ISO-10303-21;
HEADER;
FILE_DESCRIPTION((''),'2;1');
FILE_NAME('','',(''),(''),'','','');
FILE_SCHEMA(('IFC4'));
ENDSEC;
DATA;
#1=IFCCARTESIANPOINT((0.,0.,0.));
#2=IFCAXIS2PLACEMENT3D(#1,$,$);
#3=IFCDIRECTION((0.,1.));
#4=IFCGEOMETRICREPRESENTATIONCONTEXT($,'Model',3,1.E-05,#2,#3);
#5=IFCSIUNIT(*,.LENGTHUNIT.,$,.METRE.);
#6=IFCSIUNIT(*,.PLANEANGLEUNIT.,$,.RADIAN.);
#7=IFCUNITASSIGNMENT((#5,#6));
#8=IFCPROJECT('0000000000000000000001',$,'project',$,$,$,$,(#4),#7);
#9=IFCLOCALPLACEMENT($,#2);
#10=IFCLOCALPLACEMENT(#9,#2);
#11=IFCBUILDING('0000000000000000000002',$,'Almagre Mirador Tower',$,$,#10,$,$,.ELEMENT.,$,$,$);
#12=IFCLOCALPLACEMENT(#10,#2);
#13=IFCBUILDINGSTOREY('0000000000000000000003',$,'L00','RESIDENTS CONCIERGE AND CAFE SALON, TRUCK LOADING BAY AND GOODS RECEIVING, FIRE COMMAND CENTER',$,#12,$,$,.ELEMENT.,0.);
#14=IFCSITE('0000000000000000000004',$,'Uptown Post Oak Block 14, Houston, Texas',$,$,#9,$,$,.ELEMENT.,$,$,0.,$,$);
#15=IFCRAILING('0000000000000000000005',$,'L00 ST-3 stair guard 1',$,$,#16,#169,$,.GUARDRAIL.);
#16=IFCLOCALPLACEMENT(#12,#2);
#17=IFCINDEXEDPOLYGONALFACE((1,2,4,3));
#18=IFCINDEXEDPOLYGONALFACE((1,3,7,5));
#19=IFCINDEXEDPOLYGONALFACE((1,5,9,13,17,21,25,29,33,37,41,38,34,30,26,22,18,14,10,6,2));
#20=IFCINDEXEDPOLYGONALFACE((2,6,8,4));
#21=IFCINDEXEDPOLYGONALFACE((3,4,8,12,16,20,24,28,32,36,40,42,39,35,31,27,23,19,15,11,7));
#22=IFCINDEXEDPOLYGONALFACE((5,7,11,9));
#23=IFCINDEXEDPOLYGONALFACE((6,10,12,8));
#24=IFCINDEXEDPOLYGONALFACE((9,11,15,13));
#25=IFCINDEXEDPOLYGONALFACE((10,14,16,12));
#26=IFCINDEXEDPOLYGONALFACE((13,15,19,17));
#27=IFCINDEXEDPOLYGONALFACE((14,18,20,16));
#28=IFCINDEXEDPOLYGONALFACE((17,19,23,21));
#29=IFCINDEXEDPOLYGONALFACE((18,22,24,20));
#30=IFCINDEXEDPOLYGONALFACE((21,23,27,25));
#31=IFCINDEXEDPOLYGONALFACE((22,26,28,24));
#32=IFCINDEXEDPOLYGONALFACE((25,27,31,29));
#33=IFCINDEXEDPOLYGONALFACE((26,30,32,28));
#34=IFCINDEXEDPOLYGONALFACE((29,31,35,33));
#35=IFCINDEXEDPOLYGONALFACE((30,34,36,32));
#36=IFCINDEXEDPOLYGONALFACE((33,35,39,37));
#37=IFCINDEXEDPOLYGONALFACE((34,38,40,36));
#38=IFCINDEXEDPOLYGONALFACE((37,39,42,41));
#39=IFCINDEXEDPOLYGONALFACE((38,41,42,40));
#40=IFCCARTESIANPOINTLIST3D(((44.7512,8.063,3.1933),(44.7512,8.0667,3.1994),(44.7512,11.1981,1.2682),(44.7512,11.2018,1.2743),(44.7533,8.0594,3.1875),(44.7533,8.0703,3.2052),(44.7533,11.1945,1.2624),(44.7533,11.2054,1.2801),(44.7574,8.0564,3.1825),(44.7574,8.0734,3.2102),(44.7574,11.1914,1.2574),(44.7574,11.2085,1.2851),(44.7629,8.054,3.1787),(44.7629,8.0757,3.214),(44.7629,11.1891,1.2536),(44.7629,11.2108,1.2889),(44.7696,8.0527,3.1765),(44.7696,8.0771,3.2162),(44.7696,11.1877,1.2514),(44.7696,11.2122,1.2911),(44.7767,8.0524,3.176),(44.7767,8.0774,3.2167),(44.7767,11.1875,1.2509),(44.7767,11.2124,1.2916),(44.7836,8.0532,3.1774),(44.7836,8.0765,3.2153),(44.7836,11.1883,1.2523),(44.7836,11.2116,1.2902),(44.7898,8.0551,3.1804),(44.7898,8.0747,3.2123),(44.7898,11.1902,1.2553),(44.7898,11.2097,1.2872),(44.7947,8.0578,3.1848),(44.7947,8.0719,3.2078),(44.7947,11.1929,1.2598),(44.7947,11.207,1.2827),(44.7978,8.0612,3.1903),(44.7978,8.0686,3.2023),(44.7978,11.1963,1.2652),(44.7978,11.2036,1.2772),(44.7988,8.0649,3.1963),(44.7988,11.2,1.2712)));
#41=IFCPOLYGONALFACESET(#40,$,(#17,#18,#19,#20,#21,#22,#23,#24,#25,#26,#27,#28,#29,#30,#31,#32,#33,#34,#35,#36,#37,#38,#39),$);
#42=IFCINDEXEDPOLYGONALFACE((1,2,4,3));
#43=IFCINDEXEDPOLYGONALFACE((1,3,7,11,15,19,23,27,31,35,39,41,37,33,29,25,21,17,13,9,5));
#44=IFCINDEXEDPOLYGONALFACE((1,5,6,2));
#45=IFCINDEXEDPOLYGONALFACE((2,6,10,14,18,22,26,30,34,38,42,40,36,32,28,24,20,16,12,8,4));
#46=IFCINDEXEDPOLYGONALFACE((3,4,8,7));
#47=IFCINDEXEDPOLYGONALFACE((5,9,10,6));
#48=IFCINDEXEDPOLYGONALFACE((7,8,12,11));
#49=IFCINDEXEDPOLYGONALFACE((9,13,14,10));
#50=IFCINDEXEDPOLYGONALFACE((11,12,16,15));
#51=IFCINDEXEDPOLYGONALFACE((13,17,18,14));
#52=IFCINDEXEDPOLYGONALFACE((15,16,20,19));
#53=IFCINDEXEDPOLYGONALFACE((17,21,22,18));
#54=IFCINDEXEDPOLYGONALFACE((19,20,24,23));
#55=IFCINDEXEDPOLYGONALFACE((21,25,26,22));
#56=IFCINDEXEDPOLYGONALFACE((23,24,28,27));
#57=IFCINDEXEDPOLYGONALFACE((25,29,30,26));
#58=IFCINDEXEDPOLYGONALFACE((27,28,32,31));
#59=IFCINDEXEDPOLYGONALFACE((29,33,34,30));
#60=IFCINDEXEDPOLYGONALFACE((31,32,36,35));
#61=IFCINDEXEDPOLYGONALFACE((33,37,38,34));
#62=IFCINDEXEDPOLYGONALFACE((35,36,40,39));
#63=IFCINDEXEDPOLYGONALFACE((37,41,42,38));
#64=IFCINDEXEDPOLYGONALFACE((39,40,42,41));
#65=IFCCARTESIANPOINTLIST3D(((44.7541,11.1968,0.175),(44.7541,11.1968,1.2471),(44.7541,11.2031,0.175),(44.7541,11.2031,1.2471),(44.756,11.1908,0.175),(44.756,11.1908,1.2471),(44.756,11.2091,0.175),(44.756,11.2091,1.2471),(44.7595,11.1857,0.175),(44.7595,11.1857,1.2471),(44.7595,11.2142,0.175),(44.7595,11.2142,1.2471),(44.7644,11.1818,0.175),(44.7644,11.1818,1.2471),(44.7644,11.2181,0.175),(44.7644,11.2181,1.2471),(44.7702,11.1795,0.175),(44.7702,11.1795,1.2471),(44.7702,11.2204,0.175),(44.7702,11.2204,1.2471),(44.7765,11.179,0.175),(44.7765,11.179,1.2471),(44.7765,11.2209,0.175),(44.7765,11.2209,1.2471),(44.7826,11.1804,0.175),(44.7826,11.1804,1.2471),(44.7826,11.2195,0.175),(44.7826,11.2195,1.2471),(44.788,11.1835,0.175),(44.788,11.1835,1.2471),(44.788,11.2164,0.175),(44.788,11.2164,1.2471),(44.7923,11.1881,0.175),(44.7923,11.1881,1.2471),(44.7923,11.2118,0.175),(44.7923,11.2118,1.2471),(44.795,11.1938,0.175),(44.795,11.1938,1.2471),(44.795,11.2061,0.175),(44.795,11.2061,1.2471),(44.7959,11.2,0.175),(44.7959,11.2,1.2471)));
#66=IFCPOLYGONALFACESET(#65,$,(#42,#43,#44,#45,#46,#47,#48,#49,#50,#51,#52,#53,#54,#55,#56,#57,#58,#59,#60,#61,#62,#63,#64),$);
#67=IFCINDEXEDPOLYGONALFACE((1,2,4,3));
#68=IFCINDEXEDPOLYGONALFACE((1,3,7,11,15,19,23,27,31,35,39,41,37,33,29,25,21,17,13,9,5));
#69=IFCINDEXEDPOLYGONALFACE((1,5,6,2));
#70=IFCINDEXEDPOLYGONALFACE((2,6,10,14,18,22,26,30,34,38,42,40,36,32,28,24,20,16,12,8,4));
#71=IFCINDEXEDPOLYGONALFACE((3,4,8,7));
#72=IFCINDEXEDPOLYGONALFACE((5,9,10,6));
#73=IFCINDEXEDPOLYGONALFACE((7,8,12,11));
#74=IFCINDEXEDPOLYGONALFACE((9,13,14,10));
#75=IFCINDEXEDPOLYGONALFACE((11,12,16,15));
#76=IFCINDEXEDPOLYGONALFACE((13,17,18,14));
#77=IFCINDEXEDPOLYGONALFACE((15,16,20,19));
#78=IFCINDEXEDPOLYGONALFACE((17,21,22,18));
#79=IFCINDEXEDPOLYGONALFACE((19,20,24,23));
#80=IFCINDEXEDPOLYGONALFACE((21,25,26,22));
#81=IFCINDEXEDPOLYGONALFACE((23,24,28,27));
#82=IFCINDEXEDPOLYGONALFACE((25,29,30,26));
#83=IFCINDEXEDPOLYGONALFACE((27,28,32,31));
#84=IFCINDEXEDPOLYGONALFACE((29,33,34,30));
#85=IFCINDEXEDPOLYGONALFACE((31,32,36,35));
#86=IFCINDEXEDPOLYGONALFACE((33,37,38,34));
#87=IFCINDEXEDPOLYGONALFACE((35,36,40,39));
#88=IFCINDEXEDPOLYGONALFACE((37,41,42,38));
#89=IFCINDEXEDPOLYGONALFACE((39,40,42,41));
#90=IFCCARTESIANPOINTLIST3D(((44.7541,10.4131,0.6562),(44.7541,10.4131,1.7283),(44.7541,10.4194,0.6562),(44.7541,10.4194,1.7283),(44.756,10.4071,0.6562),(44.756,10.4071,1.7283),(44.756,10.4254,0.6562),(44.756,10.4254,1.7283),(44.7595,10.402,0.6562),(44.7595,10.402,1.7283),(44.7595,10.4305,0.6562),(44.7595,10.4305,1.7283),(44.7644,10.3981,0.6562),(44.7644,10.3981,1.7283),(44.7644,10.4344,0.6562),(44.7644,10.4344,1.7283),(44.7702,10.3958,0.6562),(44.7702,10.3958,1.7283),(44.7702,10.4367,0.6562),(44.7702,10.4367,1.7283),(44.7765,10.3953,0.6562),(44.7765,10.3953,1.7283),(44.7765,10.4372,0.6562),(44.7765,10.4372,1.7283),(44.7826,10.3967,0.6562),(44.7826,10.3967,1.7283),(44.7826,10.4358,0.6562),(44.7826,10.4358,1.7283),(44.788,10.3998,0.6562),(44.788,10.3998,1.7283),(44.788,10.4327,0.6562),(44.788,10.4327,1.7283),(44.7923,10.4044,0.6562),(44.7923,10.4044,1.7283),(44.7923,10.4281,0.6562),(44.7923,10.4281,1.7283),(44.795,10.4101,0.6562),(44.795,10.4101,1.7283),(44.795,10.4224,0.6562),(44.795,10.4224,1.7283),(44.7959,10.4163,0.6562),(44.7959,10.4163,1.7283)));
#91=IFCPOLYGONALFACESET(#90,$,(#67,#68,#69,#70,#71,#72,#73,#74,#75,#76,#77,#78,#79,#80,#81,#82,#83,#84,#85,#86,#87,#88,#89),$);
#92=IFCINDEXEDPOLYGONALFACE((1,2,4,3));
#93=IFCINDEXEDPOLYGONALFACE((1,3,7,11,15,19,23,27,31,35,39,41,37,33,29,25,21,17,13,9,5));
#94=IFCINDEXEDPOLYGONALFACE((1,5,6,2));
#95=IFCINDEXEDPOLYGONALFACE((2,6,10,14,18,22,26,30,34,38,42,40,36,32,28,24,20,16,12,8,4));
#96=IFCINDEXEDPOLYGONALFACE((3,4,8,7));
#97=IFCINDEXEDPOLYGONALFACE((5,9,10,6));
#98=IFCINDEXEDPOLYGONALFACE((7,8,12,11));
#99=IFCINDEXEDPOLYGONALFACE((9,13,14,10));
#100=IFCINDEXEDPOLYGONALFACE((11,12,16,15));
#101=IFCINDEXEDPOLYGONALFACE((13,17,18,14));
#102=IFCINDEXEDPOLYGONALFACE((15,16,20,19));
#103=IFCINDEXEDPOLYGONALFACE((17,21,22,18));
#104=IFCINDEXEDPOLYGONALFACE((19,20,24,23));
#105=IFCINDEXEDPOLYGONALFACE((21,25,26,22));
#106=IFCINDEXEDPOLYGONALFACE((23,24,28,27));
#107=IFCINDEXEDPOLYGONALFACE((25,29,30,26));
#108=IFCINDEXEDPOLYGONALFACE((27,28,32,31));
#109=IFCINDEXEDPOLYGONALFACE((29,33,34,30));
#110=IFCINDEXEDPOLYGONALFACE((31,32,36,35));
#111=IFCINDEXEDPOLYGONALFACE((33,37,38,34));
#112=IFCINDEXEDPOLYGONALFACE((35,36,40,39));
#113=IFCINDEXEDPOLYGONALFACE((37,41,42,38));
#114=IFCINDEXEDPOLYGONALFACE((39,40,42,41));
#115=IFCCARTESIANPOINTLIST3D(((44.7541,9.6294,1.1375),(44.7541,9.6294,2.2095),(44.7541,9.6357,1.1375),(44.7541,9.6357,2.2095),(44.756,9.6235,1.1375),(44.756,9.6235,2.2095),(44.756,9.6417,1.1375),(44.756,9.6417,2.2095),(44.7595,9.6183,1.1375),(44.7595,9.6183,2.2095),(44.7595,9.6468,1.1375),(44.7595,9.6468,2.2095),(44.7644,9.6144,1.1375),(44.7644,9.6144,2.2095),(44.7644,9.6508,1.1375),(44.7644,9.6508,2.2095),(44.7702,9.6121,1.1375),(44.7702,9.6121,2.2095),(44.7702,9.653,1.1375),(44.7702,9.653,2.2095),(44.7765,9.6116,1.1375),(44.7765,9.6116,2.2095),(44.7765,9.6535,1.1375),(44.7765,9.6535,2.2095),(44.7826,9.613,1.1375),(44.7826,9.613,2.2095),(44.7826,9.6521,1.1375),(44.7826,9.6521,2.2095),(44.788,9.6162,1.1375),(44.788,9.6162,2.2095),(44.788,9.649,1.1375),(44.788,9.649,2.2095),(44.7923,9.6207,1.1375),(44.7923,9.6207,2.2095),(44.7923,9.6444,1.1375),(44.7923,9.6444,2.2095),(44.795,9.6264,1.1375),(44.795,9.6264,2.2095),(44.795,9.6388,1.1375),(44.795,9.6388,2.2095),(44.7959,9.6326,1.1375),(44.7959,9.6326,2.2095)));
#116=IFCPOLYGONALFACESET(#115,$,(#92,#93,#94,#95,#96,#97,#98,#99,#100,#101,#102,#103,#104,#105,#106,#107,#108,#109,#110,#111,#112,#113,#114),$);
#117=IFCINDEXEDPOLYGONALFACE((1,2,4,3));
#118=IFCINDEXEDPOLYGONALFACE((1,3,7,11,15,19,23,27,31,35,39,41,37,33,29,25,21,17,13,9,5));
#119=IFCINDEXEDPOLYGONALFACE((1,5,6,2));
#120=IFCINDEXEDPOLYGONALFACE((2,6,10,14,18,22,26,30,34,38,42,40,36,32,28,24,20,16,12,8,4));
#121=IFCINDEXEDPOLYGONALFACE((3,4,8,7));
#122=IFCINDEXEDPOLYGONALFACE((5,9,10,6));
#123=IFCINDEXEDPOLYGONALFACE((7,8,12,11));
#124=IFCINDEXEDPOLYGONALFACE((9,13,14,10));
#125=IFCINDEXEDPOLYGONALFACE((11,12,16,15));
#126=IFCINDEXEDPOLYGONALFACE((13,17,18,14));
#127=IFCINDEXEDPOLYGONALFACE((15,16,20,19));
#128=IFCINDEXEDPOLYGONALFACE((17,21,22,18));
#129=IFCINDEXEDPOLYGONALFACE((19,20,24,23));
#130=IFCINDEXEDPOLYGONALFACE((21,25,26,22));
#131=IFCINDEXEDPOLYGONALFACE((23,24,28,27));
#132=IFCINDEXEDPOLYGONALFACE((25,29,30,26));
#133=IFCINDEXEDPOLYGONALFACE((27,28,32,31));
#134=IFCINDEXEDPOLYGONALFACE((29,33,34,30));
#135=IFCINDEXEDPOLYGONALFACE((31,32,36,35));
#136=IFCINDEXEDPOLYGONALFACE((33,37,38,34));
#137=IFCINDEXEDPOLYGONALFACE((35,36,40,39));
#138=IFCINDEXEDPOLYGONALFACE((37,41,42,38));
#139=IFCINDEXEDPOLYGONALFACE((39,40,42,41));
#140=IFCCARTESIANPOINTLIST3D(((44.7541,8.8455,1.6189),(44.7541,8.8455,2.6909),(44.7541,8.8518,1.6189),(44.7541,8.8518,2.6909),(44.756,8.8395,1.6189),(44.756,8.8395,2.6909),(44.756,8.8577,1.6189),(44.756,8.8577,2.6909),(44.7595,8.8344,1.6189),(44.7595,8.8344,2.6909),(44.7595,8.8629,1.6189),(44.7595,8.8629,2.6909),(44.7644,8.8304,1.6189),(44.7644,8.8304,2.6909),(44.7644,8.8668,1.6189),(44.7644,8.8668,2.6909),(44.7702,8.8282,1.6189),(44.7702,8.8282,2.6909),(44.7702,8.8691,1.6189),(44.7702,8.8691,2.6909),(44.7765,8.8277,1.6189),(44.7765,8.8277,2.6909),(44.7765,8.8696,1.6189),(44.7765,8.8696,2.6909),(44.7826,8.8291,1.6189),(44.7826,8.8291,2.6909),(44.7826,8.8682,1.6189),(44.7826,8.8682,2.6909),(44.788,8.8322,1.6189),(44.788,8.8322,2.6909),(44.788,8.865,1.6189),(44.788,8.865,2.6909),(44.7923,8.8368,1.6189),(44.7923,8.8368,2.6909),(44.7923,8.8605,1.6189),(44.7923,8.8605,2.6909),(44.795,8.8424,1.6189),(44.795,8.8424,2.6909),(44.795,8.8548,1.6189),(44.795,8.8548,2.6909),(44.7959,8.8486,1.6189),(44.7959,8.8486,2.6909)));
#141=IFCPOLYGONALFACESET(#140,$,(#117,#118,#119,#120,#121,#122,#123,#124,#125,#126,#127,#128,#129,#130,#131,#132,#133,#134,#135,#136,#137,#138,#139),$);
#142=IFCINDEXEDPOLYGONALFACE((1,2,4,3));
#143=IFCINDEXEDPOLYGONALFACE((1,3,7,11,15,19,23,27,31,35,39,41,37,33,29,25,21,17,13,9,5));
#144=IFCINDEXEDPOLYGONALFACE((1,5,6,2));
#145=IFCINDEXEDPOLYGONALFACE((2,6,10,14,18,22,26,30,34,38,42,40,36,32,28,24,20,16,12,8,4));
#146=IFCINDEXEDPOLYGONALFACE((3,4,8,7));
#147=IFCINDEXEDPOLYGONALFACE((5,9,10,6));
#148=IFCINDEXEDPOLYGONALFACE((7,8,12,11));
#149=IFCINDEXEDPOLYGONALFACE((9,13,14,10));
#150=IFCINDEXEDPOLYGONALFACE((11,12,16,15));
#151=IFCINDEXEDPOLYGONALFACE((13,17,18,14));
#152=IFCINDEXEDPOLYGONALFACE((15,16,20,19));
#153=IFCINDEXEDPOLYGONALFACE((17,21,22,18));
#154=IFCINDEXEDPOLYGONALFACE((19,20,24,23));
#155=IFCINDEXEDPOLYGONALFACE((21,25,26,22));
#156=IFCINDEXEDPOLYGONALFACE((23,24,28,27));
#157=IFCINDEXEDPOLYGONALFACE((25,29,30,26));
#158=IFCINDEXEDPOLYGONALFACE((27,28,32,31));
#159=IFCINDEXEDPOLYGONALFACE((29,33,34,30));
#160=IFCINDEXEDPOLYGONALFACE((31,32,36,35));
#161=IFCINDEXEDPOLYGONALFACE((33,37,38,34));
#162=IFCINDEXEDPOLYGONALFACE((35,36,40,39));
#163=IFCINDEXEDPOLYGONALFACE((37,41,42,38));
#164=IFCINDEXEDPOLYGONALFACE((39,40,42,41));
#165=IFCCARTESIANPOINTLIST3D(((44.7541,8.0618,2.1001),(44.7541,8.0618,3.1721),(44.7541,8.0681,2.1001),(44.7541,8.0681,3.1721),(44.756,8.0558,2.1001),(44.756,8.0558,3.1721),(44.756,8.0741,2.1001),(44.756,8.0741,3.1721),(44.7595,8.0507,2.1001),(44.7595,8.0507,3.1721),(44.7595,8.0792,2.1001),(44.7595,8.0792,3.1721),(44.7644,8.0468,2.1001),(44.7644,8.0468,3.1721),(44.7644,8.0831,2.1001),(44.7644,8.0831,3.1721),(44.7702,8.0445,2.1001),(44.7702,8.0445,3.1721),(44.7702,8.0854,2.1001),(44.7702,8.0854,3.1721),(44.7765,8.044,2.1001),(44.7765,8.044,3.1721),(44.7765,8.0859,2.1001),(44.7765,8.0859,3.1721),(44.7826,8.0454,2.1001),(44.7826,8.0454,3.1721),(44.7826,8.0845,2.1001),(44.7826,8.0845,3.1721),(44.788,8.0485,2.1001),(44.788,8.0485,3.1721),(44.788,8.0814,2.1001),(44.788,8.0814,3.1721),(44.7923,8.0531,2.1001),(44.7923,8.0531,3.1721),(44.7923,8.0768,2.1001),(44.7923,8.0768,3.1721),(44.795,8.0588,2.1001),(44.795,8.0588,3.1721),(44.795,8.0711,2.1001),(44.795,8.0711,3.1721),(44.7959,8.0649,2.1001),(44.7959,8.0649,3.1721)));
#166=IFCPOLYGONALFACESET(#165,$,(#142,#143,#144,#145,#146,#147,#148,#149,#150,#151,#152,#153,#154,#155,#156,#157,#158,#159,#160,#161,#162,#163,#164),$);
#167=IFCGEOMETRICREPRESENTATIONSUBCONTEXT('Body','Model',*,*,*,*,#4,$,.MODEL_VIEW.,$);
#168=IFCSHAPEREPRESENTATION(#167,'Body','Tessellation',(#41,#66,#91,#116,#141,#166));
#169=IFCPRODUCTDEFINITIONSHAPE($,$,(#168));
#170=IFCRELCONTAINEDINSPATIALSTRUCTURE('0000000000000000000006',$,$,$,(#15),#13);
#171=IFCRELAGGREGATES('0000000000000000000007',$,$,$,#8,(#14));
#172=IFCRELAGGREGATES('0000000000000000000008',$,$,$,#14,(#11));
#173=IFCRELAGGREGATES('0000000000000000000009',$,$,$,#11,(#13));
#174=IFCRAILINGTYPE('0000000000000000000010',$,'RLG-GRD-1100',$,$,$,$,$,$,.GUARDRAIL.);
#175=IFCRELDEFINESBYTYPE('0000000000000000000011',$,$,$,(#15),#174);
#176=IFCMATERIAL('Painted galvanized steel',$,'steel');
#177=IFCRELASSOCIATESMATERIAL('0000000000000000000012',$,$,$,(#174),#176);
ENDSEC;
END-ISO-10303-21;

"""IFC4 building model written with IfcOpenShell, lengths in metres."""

from ifc_helpers import new_model, si_unit, direction, frame, origin, origin_2d, place, context, subcontext, project, spatial, circle, extrude, material, type_object, element, save


model = new_model("IFC4")

# Units and contexts
model_context = context("Model", 3, precision=1e-05, world=origin(), true_north=direction((0.0, 1.0)))
body_context = subcontext(model_context, "Body", "Model", "MODEL_VIEW")
ifc_project = project(units=[si_unit("LENGTHUNIT", "METRE"), si_unit("PLANEANGLEUNIT", "RADIAN")], contexts=[model_context])

# Site, building, storey
site_placement = place(None, origin())
site = spatial("IfcSite", under=ifc_project, at=site_placement, Name="Uptown Post Oak Block 14, Houston, Texas", CompositionType="ELEMENT", RefElevation=0.0)
building_placement = place(site_placement, origin())
building = spatial("IfcBuilding", under=site, at=building_placement, Name="Almagre Mirador Tower", CompositionType="ELEMENT")
storey_placement = place(building_placement, origin())
storey = spatial("IfcBuildingStorey", under=building, at=storey_placement, Name="L00", Description="RESIDENTS CONCIERGE AND CAFE SALON, TRUCK LOADING BAY AND GOODS RECEIVING, FIRE COMMAND CENTER", CompositionType="ELEMENT", Elevation=0.0)

# Railing
ifc_material_1 = material(Name="Painted galvanized steel", Category="steel")
railing_type_1 = type_object("IfcRailingType", Name="RLG-GRD-1100", PredefinedType="GUARDRAIL", material=ifc_material_1)
railing_1_placement = place(storey_placement, frame((44.7749, 11.2, 0.175)))
element("IfcRailing", 1, at=railing_1_placement, inside=storey, type_object=railing_type_1, Name="L00 ST-3 stair guard 1", PredefinedType="GUARDRAIL", context=body_context, shape_type="SweptSolid", body=[
    extrude(circle(Radius=0.0239, at=origin_2d()), frame((0.0, 0.0, 1.0962), z_axis=(0.0, -0.852166, 0.523271), x_axis=(1.0, 0.0, 0.0)), (0.0, 0.0, 1.0), 3.679),
    extrude(circle(Radius=0.021, at=origin_2d()), origin(), (0.0, 0.0, 1.0), 1.072),
    extrude(circle(Radius=0.021, at=origin_2d()), frame((0.0, -0.7837, 0.4812)), (0.0, 0.0, 1.0), 1.072),
    extrude(circle(Radius=0.021, at=origin_2d()), frame((0.0, -1.5674, 0.9624)), (0.0, 0.0, 1.0), 1.072),
    extrude(circle(Radius=0.021, at=origin_2d()), frame((0.0, -2.3513, 1.4438)), (0.0, 0.0, 1.0), 1.072),
    extrude(circle(Radius=0.021, at=origin_2d()), frame((0.0, -3.135, 1.925)), (0.0, 0.0, 1.0), 1.072),
])

save(model, "model.ifc")
